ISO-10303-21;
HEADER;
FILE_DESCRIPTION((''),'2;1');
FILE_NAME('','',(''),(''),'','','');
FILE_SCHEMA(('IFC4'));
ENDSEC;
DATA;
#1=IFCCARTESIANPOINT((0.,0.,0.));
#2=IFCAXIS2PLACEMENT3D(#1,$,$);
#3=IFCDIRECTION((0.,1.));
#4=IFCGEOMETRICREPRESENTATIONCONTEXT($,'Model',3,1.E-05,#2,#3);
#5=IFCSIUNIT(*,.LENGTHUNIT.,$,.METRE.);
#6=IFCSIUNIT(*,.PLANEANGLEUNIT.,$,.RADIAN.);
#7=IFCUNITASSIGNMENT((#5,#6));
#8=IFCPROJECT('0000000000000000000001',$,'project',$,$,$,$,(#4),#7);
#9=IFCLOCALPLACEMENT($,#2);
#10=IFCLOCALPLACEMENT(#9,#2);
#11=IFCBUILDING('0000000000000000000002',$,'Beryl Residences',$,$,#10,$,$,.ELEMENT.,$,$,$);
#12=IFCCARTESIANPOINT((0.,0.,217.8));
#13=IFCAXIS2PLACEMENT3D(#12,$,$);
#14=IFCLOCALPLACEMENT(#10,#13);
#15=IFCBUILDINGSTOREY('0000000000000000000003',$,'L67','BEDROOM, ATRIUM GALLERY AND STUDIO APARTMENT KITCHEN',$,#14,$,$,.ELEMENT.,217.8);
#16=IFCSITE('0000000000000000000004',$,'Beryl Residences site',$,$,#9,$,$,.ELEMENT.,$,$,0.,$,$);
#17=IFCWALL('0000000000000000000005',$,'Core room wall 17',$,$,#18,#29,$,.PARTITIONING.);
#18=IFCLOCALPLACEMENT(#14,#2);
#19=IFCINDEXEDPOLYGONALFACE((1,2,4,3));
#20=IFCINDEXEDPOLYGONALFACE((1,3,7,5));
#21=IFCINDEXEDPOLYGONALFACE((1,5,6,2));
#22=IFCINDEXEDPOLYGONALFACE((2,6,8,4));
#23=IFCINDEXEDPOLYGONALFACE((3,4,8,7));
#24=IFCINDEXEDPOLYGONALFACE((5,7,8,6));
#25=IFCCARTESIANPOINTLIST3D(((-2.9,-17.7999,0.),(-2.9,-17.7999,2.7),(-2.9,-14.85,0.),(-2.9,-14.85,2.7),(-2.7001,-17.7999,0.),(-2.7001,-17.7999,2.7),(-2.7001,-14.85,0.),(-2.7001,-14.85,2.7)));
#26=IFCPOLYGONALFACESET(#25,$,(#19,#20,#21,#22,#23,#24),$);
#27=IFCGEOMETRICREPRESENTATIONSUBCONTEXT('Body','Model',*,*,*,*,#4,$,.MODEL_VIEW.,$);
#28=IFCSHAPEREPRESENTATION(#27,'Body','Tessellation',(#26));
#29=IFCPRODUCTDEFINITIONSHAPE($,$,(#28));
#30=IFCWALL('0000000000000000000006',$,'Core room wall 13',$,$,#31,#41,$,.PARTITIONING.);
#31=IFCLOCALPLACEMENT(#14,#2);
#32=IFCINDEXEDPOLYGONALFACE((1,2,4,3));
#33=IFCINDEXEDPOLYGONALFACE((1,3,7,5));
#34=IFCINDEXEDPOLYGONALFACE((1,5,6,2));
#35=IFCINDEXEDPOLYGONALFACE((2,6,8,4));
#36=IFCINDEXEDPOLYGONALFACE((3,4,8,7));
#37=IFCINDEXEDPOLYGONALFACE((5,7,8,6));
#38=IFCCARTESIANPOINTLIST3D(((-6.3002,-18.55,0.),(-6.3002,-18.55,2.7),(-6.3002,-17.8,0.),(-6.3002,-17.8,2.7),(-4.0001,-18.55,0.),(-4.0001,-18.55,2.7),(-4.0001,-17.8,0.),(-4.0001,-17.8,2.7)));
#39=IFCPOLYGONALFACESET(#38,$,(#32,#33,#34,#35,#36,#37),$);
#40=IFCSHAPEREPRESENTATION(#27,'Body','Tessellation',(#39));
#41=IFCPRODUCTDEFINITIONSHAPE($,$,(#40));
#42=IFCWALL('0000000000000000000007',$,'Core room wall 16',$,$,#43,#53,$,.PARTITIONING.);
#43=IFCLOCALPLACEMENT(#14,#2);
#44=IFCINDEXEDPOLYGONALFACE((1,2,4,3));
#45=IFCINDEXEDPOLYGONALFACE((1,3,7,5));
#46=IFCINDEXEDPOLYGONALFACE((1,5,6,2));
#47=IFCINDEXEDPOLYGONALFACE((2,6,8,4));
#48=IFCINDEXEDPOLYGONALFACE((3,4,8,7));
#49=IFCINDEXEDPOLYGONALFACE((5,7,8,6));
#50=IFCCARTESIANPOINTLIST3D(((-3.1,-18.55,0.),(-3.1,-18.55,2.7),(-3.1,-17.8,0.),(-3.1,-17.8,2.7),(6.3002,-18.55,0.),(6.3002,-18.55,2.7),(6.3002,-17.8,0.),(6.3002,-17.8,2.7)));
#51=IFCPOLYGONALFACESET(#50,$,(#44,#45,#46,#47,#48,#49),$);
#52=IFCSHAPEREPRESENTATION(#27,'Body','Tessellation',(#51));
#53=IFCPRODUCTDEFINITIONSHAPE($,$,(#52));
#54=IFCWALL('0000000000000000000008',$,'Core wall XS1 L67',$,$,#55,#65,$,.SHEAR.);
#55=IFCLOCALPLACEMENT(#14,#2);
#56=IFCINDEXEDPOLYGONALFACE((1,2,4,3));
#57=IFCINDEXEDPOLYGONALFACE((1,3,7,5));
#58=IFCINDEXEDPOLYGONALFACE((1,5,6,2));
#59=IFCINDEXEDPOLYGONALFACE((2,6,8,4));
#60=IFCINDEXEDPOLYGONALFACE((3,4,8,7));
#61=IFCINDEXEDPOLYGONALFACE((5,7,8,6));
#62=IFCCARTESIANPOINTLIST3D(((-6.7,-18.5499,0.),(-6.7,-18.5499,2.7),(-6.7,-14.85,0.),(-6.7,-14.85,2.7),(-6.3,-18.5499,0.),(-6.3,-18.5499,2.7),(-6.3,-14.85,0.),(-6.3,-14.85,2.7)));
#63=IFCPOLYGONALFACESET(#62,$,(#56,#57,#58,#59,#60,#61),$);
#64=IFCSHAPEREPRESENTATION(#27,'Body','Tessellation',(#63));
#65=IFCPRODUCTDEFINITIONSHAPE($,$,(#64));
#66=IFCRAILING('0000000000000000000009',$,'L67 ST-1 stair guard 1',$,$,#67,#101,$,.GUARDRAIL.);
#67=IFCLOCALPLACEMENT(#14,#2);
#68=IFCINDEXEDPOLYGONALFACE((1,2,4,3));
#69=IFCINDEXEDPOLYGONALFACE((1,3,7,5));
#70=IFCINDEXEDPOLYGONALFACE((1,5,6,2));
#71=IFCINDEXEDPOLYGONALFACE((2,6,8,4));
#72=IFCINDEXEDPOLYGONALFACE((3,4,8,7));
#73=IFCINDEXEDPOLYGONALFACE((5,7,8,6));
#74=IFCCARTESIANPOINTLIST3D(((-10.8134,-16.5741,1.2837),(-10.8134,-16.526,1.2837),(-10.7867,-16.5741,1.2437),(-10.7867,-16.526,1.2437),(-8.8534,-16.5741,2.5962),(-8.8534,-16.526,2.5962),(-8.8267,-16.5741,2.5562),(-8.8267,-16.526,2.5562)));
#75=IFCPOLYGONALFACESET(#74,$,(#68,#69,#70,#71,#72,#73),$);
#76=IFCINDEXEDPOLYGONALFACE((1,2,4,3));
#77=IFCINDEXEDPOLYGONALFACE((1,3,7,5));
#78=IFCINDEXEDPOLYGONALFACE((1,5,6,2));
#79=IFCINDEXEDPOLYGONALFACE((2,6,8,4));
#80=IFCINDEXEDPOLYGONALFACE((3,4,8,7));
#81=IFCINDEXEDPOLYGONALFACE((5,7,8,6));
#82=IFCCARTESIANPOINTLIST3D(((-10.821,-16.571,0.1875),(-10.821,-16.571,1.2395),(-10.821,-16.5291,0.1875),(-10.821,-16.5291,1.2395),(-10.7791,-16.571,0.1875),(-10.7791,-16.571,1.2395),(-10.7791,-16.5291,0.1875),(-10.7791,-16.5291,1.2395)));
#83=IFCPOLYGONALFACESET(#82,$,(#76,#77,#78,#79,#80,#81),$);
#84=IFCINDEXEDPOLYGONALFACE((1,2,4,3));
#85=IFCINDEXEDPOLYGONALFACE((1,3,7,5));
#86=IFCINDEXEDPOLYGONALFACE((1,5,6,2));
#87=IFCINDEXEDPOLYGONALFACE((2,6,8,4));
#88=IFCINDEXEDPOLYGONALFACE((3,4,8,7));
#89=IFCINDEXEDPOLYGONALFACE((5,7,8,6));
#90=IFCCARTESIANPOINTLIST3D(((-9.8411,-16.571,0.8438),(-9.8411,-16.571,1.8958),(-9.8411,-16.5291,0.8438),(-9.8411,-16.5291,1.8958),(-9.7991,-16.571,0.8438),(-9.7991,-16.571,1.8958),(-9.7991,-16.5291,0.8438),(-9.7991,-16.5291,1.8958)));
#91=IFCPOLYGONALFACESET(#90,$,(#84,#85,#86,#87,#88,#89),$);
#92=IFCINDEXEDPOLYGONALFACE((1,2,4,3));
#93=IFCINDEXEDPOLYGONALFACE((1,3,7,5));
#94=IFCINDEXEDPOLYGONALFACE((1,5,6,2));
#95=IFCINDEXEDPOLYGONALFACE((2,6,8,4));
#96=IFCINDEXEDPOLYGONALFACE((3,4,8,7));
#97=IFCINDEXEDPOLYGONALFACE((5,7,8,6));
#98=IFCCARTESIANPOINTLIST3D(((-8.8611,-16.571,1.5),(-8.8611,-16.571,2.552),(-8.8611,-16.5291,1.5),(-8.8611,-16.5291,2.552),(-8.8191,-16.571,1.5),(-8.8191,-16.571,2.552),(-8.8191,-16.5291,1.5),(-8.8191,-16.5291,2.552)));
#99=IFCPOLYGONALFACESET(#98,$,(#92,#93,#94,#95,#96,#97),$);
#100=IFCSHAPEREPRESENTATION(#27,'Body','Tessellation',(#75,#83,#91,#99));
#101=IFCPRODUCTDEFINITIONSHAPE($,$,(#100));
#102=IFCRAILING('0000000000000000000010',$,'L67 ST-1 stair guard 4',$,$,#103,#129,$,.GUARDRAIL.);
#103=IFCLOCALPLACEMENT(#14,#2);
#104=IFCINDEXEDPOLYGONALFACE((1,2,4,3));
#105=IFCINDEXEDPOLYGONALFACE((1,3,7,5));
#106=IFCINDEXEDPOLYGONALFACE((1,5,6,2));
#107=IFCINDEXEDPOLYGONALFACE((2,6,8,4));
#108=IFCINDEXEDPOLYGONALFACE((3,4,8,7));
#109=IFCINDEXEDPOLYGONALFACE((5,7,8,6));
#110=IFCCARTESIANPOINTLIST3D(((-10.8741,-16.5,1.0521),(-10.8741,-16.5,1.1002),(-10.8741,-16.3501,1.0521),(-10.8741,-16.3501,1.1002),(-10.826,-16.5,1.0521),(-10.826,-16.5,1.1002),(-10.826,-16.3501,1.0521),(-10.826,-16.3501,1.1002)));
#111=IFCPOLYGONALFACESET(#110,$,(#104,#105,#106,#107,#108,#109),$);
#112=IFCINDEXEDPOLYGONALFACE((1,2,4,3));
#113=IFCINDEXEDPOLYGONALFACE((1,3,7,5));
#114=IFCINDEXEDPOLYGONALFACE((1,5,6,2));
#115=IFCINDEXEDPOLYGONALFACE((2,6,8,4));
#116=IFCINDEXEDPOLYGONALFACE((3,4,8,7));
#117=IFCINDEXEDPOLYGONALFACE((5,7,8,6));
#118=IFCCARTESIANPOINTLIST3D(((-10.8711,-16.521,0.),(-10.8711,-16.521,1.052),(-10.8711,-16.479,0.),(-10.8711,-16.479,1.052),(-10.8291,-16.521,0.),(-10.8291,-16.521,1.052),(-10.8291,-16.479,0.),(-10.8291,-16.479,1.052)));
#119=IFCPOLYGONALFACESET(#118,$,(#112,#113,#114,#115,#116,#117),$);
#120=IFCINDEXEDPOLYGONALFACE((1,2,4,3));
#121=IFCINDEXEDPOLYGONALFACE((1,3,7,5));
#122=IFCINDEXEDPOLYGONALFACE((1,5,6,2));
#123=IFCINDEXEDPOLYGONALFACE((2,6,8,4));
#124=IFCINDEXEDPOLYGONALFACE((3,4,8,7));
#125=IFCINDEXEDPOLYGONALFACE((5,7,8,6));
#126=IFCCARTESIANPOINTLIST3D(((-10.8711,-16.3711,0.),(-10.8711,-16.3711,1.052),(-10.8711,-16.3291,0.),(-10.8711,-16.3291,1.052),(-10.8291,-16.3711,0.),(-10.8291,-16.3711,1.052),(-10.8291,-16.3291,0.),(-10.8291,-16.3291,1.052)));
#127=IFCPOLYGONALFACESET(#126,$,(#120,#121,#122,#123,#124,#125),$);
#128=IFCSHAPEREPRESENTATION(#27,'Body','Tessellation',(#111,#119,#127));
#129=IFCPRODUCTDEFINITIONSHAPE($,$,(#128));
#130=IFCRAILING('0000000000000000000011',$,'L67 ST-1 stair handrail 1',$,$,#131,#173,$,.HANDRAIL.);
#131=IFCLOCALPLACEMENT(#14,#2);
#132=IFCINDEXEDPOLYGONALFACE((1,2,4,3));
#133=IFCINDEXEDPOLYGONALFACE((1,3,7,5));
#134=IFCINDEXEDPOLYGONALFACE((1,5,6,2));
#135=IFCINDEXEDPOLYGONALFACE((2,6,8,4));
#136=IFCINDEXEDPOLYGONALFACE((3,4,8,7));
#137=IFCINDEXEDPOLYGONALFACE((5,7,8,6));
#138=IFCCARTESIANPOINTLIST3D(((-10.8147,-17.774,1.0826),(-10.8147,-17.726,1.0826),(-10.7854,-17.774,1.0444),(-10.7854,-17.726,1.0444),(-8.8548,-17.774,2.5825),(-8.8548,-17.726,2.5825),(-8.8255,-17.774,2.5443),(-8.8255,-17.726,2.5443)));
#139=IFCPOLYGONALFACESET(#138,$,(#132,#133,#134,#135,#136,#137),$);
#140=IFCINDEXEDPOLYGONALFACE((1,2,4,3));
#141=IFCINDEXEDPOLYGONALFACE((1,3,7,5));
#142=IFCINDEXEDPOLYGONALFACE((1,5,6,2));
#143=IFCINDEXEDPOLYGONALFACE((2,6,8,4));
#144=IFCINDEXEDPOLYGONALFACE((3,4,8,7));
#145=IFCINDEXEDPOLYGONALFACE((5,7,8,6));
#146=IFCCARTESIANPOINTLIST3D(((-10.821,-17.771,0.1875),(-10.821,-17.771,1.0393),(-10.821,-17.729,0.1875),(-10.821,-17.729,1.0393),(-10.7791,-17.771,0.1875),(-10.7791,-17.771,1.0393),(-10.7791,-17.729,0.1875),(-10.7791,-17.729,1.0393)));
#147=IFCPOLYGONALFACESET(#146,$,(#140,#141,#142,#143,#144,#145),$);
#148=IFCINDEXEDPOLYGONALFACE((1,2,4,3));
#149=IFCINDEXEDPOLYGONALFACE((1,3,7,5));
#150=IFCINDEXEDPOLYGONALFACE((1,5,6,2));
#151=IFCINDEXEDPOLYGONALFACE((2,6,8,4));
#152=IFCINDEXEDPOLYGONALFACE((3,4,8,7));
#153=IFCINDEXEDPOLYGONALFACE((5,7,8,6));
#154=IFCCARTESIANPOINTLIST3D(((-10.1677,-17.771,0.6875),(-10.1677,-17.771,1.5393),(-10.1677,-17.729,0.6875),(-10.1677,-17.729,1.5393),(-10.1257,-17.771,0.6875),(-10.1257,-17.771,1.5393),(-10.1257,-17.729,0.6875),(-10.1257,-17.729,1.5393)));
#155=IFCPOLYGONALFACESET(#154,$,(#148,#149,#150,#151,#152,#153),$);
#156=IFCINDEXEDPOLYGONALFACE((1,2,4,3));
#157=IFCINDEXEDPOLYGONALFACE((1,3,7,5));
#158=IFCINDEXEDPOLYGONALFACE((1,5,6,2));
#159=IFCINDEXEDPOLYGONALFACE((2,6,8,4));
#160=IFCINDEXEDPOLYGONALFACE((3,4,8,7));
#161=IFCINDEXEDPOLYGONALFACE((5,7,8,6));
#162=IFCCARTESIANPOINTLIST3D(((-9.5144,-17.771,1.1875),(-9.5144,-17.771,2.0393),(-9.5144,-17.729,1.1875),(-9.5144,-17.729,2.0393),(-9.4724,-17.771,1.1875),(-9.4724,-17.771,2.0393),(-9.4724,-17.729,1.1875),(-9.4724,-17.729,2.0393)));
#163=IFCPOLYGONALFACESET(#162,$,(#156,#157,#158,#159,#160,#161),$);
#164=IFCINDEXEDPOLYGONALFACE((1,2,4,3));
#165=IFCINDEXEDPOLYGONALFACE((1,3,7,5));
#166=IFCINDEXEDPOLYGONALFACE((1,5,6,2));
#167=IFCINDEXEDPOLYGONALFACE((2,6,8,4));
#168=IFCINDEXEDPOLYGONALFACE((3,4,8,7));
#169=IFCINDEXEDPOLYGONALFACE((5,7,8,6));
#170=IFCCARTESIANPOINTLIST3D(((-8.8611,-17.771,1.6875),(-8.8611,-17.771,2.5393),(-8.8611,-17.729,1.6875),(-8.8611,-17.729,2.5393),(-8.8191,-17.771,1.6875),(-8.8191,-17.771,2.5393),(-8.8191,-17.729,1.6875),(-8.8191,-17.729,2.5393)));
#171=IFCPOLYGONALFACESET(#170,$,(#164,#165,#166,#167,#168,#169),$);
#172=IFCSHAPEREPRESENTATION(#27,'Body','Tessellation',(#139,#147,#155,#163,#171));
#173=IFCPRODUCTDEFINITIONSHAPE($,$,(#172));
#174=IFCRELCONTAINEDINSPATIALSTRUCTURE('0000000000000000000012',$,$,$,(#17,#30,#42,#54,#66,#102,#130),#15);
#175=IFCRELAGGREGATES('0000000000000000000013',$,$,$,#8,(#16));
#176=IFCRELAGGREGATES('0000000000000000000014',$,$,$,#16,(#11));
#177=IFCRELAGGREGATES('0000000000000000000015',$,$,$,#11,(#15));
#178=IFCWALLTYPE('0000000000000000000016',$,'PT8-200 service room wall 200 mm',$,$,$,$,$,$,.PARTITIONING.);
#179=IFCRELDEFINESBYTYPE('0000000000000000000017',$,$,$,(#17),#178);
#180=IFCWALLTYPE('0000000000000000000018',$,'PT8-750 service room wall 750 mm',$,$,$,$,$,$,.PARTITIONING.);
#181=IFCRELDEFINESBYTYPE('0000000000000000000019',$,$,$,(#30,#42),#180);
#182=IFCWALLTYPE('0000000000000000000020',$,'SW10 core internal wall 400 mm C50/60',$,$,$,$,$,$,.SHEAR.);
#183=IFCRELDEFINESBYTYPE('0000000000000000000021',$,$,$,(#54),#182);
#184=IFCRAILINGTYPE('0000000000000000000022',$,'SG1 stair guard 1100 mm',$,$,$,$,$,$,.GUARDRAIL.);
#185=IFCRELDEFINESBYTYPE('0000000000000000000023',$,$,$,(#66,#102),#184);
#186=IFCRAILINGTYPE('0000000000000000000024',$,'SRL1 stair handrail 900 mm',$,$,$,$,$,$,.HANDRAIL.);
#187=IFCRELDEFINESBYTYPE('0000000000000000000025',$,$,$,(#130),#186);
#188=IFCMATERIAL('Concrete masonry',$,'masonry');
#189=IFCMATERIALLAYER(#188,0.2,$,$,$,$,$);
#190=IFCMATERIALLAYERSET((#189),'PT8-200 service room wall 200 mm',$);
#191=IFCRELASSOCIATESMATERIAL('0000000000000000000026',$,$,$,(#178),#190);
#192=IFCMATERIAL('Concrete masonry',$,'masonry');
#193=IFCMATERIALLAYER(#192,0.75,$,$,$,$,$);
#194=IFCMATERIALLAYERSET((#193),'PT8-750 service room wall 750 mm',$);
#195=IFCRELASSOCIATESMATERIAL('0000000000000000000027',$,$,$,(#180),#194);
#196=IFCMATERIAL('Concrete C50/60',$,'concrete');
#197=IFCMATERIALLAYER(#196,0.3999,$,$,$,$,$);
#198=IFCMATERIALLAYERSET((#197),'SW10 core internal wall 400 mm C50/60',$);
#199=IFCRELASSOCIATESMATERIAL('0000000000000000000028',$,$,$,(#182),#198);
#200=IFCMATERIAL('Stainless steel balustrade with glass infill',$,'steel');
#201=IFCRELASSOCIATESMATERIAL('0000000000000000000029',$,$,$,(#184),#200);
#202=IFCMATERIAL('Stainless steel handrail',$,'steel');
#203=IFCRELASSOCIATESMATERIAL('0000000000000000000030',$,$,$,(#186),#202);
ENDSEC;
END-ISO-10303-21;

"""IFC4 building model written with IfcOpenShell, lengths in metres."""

from ifc_helpers import new_model, si_unit, direction, frame, frame_2d, origin, origin_2d, place, context, subcontext, project, spatial, rectangle, extrude, material, layer, layer_set, type_object, element, save


model = new_model("IFC4")

# Units and contexts
model_context = context("Model", 3, precision=1e-05, world=origin(), true_north=direction((0.0, 1.0)))
body_context = subcontext(model_context, "Body", "Model", "MODEL_VIEW")
ifc_project = project(units=[si_unit("LENGTHUNIT", "METRE"), si_unit("PLANEANGLEUNIT", "RADIAN")], contexts=[model_context])

# Site, building, storey
site_placement = place(None, origin())
site = spatial("IfcSite", under=ifc_project, at=site_placement, Name="Beryl Residences site", CompositionType="ELEMENT", RefElevation=0.0)
building_placement = place(site_placement, origin())
building = spatial("IfcBuilding", under=site, at=building_placement, Name="Beryl Residences", CompositionType="ELEMENT")
storey_placement = place(building_placement, frame((0.0, 0.0, 217.8)))
storey = spatial("IfcBuildingStorey", under=building, at=storey_placement, Name="L67", Description="BEDROOM, ATRIUM GALLERY AND STUDIO APARTMENT KITCHEN", CompositionType="ELEMENT", Elevation=217.8)

# Walls
ifc_material_1 = material(Name="Concrete masonry", Category="masonry")
ifc_layer_1 = layer(ifc_material_1, 0.2)
ifc_layer_set_1 = layer_set([ifc_layer_1], Name="PT8-200 service room wall 200 mm")
wall_type_1 = type_object("IfcWallType", Name="PT8-200 service room wall 200 mm", PredefinedType="PARTITIONING", material=ifc_layer_set_1)
wall_1_placement = place(storey_placement, frame((-2.8, -17.8, 0.0), z_axis=(0.0, 0.0, 1.0), x_axis=(0.0, 1.0, 0.0)))
element("IfcWall", 1, at=wall_1_placement, inside=storey, type_object=wall_type_1, Name="Core room wall 17", PredefinedType="PARTITIONING", context=body_context, shape_type="SweptSolid", body=[
    extrude(rectangle(XDim=2.95, YDim=0.2, at=frame_2d((1.4751, 0.0))), origin(), (0.0, 0.0, 1.0), 2.7),
])
ifc_material_2 = material(Name="Concrete masonry", Category="masonry")
ifc_layer_2 = layer(ifc_material_2, 0.75)
ifc_layer_set_2 = layer_set([ifc_layer_2], Name="PT8-750 service room wall 750 mm")
wall_type_2 = type_object("IfcWallType", Name="PT8-750 service room wall 750 mm", PredefinedType="PARTITIONING", material=ifc_layer_set_2)
wall_2_placement = place(storey_placement, frame((-6.3, -18.175, 0.0), z_axis=(0.0, 0.0, 1.0), x_axis=(1.0, 0.0, 0.0)))
element("IfcWall", 2, at=wall_2_placement, inside=storey, type_object=wall_type_2, Name="Core room wall 13", PredefinedType="PARTITIONING", context=body_context, shape_type="SweptSolid", body=[
    extrude(rectangle(XDim=2.3, YDim=0.75, at=frame_2d((1.1499, 0.0))), origin(), (0.0, 0.0, 1.0), 2.7),
])
wall_3_placement = place(storey_placement, frame((-3.1001, -18.175, 0.0), z_axis=(0.0, 0.0, 1.0), x_axis=(1.0, 0.0, 0.0)))
element("IfcWall", 3, at=wall_3_placement, inside=storey, type_object=wall_type_2, Name="Core room wall 16", PredefinedType="PARTITIONING", context=body_context, shape_type="SweptSolid", body=[
    extrude(rectangle(XDim=9.4001, YDim=0.75, at=frame_2d((4.7002, 0.0))), origin(), (0.0, 0.0, 1.0), 2.7),
])
ifc_material_3 = material(Name="Concrete C50/60", Category="concrete")
ifc_layer_3 = layer(ifc_material_3, 0.3999)
ifc_layer_set_3 = layer_set([ifc_layer_3], Name="SW10 core internal wall 400 mm C50/60")
wall_type_3 = type_object("IfcWallType", Name="SW10 core internal wall 400 mm C50/60", PredefinedType="SHEAR", material=ifc_layer_set_3)
wall_4_placement = place(storey_placement, frame((-6.5, -18.55, 0.0), z_axis=(0.0, 0.0, 1.0), x_axis=(0.0, 1.0, 0.0)))
element("IfcWall", 4, at=wall_4_placement, inside=storey, type_object=wall_type_3, Name="Core wall XS1 L67", PredefinedType="SHEAR", context=body_context, shape_type="SweptSolid", body=[
    extrude(rectangle(XDim=3.7, YDim=0.3999, at=frame_2d((1.8501, 0.0))), origin(), (0.0, 0.0, 1.0), 2.7),
])

# Railings
ifc_material_4 = material(Name="Stainless steel balustrade with glass infill", Category="steel")
railing_type_1 = type_object("IfcRailingType", Name="SG1 stair guard 1100 mm", PredefinedType="GUARDRAIL", material=ifc_material_4)
railing_1_placement = place(storey_placement, frame((-10.8, -16.55, 0.1875)))
element("IfcRailing", 5, at=railing_1_placement, inside=storey, type_object=railing_type_1, Name="L67 ST-1 stair guard 1", PredefinedType="GUARDRAIL", context=body_context, shape_type="SweptSolid", body=[
    extrude(rectangle(XDim=0.0481, YDim=0.0481, at=origin_2d()), frame((0.0, 0.0, 1.0762), z_axis=(0.830902, 0.0, 0.556419), x_axis=(0.0, 1.0, 0.0)), (0.0, 0.0, 1.0), 2.3589),
    extrude(rectangle(XDim=0.042, YDim=0.042, at=origin_2d()), origin(), (0.0, 0.0, 1.0), 1.052),
    extrude(rectangle(XDim=0.042, YDim=0.042, at=origin_2d()), frame((0.98, 0.0, 0.6562)), (0.0, 0.0, 1.0), 1.052),
    extrude(rectangle(XDim=0.042, YDim=0.042, at=origin_2d()), frame((1.96, 0.0, 1.3125)), (0.0, 0.0, 1.0), 1.052),
])
railing_2_placement = place(storey_placement, frame((-10.8501, -16.5, 0.0)))
element("IfcRailing", 6, at=railing_2_placement, inside=storey, type_object=railing_type_1, Name="L67 ST-1 stair guard 4", PredefinedType="GUARDRAIL", context=body_context, shape_type="SweptSolid", body=[
    extrude(rectangle(XDim=0.0481, YDim=0.0481, at=origin_2d()), frame((0.0, 0.0, 1.0762), z_axis=(0.0, 1.0, 0.0), x_axis=(-1.0, 0.0, 0.0)), (0.0, 0.0, 1.0), 0.1499),
    extrude(rectangle(XDim=0.042, YDim=0.042, at=origin_2d()), origin(), (0.0, 0.0, 1.0), 1.052),
    extrude(rectangle(XDim=0.042, YDim=0.042, at=origin_2d()), frame((0.0, 0.1499, 0.0)), (0.0, 0.0, 1.0), 1.052),
])
ifc_material_5 = material(Name="Stainless steel handrail", Category="steel")
railing_type_2 = type_object("IfcRailingType", Name="SRL1 stair handrail 900 mm", PredefinedType="HANDRAIL", material=ifc_material_5)
railing_3_placement = place(storey_placement, frame((-10.8, -17.75, 0.1875)))
element("IfcRailing", 7, at=railing_3_placement, inside=storey, type_object=railing_type_2, Name="L67 ST-1 stair handrail 1", PredefinedType="HANDRAIL", context=body_context, shape_type="SweptSolid", body=[
    extrude(rectangle(XDim=0.0481, YDim=0.0481, at=origin_2d()), frame((0.0, 0.0, 0.876), z_axis=(0.794122, 0.0, 0.607758), x_axis=(0.0, 1.0, 0.0)), (0.0, 0.0, 1.0), 2.468),
    extrude(rectangle(XDim=0.042, YDim=0.042, at=origin_2d()), origin(), (0.0, 0.0, 1.0), 0.8518),
    extrude(rectangle(XDim=0.042, YDim=0.042, at=origin_2d()), frame((0.6533, 0.0, 0.5)), (0.0, 0.0, 1.0), 0.8518),
    extrude(rectangle(XDim=0.042, YDim=0.042, at=origin_2d()), frame((1.3066, 0.0, 1.0)), (0.0, 0.0, 1.0), 0.8518),
    extrude(rectangle(XDim=0.042, YDim=0.042, at=origin_2d()), frame((1.96, 0.0, 1.5)), (0.0, 0.0, 1.0), 0.8518),
])

save(model, "model.ifc")
